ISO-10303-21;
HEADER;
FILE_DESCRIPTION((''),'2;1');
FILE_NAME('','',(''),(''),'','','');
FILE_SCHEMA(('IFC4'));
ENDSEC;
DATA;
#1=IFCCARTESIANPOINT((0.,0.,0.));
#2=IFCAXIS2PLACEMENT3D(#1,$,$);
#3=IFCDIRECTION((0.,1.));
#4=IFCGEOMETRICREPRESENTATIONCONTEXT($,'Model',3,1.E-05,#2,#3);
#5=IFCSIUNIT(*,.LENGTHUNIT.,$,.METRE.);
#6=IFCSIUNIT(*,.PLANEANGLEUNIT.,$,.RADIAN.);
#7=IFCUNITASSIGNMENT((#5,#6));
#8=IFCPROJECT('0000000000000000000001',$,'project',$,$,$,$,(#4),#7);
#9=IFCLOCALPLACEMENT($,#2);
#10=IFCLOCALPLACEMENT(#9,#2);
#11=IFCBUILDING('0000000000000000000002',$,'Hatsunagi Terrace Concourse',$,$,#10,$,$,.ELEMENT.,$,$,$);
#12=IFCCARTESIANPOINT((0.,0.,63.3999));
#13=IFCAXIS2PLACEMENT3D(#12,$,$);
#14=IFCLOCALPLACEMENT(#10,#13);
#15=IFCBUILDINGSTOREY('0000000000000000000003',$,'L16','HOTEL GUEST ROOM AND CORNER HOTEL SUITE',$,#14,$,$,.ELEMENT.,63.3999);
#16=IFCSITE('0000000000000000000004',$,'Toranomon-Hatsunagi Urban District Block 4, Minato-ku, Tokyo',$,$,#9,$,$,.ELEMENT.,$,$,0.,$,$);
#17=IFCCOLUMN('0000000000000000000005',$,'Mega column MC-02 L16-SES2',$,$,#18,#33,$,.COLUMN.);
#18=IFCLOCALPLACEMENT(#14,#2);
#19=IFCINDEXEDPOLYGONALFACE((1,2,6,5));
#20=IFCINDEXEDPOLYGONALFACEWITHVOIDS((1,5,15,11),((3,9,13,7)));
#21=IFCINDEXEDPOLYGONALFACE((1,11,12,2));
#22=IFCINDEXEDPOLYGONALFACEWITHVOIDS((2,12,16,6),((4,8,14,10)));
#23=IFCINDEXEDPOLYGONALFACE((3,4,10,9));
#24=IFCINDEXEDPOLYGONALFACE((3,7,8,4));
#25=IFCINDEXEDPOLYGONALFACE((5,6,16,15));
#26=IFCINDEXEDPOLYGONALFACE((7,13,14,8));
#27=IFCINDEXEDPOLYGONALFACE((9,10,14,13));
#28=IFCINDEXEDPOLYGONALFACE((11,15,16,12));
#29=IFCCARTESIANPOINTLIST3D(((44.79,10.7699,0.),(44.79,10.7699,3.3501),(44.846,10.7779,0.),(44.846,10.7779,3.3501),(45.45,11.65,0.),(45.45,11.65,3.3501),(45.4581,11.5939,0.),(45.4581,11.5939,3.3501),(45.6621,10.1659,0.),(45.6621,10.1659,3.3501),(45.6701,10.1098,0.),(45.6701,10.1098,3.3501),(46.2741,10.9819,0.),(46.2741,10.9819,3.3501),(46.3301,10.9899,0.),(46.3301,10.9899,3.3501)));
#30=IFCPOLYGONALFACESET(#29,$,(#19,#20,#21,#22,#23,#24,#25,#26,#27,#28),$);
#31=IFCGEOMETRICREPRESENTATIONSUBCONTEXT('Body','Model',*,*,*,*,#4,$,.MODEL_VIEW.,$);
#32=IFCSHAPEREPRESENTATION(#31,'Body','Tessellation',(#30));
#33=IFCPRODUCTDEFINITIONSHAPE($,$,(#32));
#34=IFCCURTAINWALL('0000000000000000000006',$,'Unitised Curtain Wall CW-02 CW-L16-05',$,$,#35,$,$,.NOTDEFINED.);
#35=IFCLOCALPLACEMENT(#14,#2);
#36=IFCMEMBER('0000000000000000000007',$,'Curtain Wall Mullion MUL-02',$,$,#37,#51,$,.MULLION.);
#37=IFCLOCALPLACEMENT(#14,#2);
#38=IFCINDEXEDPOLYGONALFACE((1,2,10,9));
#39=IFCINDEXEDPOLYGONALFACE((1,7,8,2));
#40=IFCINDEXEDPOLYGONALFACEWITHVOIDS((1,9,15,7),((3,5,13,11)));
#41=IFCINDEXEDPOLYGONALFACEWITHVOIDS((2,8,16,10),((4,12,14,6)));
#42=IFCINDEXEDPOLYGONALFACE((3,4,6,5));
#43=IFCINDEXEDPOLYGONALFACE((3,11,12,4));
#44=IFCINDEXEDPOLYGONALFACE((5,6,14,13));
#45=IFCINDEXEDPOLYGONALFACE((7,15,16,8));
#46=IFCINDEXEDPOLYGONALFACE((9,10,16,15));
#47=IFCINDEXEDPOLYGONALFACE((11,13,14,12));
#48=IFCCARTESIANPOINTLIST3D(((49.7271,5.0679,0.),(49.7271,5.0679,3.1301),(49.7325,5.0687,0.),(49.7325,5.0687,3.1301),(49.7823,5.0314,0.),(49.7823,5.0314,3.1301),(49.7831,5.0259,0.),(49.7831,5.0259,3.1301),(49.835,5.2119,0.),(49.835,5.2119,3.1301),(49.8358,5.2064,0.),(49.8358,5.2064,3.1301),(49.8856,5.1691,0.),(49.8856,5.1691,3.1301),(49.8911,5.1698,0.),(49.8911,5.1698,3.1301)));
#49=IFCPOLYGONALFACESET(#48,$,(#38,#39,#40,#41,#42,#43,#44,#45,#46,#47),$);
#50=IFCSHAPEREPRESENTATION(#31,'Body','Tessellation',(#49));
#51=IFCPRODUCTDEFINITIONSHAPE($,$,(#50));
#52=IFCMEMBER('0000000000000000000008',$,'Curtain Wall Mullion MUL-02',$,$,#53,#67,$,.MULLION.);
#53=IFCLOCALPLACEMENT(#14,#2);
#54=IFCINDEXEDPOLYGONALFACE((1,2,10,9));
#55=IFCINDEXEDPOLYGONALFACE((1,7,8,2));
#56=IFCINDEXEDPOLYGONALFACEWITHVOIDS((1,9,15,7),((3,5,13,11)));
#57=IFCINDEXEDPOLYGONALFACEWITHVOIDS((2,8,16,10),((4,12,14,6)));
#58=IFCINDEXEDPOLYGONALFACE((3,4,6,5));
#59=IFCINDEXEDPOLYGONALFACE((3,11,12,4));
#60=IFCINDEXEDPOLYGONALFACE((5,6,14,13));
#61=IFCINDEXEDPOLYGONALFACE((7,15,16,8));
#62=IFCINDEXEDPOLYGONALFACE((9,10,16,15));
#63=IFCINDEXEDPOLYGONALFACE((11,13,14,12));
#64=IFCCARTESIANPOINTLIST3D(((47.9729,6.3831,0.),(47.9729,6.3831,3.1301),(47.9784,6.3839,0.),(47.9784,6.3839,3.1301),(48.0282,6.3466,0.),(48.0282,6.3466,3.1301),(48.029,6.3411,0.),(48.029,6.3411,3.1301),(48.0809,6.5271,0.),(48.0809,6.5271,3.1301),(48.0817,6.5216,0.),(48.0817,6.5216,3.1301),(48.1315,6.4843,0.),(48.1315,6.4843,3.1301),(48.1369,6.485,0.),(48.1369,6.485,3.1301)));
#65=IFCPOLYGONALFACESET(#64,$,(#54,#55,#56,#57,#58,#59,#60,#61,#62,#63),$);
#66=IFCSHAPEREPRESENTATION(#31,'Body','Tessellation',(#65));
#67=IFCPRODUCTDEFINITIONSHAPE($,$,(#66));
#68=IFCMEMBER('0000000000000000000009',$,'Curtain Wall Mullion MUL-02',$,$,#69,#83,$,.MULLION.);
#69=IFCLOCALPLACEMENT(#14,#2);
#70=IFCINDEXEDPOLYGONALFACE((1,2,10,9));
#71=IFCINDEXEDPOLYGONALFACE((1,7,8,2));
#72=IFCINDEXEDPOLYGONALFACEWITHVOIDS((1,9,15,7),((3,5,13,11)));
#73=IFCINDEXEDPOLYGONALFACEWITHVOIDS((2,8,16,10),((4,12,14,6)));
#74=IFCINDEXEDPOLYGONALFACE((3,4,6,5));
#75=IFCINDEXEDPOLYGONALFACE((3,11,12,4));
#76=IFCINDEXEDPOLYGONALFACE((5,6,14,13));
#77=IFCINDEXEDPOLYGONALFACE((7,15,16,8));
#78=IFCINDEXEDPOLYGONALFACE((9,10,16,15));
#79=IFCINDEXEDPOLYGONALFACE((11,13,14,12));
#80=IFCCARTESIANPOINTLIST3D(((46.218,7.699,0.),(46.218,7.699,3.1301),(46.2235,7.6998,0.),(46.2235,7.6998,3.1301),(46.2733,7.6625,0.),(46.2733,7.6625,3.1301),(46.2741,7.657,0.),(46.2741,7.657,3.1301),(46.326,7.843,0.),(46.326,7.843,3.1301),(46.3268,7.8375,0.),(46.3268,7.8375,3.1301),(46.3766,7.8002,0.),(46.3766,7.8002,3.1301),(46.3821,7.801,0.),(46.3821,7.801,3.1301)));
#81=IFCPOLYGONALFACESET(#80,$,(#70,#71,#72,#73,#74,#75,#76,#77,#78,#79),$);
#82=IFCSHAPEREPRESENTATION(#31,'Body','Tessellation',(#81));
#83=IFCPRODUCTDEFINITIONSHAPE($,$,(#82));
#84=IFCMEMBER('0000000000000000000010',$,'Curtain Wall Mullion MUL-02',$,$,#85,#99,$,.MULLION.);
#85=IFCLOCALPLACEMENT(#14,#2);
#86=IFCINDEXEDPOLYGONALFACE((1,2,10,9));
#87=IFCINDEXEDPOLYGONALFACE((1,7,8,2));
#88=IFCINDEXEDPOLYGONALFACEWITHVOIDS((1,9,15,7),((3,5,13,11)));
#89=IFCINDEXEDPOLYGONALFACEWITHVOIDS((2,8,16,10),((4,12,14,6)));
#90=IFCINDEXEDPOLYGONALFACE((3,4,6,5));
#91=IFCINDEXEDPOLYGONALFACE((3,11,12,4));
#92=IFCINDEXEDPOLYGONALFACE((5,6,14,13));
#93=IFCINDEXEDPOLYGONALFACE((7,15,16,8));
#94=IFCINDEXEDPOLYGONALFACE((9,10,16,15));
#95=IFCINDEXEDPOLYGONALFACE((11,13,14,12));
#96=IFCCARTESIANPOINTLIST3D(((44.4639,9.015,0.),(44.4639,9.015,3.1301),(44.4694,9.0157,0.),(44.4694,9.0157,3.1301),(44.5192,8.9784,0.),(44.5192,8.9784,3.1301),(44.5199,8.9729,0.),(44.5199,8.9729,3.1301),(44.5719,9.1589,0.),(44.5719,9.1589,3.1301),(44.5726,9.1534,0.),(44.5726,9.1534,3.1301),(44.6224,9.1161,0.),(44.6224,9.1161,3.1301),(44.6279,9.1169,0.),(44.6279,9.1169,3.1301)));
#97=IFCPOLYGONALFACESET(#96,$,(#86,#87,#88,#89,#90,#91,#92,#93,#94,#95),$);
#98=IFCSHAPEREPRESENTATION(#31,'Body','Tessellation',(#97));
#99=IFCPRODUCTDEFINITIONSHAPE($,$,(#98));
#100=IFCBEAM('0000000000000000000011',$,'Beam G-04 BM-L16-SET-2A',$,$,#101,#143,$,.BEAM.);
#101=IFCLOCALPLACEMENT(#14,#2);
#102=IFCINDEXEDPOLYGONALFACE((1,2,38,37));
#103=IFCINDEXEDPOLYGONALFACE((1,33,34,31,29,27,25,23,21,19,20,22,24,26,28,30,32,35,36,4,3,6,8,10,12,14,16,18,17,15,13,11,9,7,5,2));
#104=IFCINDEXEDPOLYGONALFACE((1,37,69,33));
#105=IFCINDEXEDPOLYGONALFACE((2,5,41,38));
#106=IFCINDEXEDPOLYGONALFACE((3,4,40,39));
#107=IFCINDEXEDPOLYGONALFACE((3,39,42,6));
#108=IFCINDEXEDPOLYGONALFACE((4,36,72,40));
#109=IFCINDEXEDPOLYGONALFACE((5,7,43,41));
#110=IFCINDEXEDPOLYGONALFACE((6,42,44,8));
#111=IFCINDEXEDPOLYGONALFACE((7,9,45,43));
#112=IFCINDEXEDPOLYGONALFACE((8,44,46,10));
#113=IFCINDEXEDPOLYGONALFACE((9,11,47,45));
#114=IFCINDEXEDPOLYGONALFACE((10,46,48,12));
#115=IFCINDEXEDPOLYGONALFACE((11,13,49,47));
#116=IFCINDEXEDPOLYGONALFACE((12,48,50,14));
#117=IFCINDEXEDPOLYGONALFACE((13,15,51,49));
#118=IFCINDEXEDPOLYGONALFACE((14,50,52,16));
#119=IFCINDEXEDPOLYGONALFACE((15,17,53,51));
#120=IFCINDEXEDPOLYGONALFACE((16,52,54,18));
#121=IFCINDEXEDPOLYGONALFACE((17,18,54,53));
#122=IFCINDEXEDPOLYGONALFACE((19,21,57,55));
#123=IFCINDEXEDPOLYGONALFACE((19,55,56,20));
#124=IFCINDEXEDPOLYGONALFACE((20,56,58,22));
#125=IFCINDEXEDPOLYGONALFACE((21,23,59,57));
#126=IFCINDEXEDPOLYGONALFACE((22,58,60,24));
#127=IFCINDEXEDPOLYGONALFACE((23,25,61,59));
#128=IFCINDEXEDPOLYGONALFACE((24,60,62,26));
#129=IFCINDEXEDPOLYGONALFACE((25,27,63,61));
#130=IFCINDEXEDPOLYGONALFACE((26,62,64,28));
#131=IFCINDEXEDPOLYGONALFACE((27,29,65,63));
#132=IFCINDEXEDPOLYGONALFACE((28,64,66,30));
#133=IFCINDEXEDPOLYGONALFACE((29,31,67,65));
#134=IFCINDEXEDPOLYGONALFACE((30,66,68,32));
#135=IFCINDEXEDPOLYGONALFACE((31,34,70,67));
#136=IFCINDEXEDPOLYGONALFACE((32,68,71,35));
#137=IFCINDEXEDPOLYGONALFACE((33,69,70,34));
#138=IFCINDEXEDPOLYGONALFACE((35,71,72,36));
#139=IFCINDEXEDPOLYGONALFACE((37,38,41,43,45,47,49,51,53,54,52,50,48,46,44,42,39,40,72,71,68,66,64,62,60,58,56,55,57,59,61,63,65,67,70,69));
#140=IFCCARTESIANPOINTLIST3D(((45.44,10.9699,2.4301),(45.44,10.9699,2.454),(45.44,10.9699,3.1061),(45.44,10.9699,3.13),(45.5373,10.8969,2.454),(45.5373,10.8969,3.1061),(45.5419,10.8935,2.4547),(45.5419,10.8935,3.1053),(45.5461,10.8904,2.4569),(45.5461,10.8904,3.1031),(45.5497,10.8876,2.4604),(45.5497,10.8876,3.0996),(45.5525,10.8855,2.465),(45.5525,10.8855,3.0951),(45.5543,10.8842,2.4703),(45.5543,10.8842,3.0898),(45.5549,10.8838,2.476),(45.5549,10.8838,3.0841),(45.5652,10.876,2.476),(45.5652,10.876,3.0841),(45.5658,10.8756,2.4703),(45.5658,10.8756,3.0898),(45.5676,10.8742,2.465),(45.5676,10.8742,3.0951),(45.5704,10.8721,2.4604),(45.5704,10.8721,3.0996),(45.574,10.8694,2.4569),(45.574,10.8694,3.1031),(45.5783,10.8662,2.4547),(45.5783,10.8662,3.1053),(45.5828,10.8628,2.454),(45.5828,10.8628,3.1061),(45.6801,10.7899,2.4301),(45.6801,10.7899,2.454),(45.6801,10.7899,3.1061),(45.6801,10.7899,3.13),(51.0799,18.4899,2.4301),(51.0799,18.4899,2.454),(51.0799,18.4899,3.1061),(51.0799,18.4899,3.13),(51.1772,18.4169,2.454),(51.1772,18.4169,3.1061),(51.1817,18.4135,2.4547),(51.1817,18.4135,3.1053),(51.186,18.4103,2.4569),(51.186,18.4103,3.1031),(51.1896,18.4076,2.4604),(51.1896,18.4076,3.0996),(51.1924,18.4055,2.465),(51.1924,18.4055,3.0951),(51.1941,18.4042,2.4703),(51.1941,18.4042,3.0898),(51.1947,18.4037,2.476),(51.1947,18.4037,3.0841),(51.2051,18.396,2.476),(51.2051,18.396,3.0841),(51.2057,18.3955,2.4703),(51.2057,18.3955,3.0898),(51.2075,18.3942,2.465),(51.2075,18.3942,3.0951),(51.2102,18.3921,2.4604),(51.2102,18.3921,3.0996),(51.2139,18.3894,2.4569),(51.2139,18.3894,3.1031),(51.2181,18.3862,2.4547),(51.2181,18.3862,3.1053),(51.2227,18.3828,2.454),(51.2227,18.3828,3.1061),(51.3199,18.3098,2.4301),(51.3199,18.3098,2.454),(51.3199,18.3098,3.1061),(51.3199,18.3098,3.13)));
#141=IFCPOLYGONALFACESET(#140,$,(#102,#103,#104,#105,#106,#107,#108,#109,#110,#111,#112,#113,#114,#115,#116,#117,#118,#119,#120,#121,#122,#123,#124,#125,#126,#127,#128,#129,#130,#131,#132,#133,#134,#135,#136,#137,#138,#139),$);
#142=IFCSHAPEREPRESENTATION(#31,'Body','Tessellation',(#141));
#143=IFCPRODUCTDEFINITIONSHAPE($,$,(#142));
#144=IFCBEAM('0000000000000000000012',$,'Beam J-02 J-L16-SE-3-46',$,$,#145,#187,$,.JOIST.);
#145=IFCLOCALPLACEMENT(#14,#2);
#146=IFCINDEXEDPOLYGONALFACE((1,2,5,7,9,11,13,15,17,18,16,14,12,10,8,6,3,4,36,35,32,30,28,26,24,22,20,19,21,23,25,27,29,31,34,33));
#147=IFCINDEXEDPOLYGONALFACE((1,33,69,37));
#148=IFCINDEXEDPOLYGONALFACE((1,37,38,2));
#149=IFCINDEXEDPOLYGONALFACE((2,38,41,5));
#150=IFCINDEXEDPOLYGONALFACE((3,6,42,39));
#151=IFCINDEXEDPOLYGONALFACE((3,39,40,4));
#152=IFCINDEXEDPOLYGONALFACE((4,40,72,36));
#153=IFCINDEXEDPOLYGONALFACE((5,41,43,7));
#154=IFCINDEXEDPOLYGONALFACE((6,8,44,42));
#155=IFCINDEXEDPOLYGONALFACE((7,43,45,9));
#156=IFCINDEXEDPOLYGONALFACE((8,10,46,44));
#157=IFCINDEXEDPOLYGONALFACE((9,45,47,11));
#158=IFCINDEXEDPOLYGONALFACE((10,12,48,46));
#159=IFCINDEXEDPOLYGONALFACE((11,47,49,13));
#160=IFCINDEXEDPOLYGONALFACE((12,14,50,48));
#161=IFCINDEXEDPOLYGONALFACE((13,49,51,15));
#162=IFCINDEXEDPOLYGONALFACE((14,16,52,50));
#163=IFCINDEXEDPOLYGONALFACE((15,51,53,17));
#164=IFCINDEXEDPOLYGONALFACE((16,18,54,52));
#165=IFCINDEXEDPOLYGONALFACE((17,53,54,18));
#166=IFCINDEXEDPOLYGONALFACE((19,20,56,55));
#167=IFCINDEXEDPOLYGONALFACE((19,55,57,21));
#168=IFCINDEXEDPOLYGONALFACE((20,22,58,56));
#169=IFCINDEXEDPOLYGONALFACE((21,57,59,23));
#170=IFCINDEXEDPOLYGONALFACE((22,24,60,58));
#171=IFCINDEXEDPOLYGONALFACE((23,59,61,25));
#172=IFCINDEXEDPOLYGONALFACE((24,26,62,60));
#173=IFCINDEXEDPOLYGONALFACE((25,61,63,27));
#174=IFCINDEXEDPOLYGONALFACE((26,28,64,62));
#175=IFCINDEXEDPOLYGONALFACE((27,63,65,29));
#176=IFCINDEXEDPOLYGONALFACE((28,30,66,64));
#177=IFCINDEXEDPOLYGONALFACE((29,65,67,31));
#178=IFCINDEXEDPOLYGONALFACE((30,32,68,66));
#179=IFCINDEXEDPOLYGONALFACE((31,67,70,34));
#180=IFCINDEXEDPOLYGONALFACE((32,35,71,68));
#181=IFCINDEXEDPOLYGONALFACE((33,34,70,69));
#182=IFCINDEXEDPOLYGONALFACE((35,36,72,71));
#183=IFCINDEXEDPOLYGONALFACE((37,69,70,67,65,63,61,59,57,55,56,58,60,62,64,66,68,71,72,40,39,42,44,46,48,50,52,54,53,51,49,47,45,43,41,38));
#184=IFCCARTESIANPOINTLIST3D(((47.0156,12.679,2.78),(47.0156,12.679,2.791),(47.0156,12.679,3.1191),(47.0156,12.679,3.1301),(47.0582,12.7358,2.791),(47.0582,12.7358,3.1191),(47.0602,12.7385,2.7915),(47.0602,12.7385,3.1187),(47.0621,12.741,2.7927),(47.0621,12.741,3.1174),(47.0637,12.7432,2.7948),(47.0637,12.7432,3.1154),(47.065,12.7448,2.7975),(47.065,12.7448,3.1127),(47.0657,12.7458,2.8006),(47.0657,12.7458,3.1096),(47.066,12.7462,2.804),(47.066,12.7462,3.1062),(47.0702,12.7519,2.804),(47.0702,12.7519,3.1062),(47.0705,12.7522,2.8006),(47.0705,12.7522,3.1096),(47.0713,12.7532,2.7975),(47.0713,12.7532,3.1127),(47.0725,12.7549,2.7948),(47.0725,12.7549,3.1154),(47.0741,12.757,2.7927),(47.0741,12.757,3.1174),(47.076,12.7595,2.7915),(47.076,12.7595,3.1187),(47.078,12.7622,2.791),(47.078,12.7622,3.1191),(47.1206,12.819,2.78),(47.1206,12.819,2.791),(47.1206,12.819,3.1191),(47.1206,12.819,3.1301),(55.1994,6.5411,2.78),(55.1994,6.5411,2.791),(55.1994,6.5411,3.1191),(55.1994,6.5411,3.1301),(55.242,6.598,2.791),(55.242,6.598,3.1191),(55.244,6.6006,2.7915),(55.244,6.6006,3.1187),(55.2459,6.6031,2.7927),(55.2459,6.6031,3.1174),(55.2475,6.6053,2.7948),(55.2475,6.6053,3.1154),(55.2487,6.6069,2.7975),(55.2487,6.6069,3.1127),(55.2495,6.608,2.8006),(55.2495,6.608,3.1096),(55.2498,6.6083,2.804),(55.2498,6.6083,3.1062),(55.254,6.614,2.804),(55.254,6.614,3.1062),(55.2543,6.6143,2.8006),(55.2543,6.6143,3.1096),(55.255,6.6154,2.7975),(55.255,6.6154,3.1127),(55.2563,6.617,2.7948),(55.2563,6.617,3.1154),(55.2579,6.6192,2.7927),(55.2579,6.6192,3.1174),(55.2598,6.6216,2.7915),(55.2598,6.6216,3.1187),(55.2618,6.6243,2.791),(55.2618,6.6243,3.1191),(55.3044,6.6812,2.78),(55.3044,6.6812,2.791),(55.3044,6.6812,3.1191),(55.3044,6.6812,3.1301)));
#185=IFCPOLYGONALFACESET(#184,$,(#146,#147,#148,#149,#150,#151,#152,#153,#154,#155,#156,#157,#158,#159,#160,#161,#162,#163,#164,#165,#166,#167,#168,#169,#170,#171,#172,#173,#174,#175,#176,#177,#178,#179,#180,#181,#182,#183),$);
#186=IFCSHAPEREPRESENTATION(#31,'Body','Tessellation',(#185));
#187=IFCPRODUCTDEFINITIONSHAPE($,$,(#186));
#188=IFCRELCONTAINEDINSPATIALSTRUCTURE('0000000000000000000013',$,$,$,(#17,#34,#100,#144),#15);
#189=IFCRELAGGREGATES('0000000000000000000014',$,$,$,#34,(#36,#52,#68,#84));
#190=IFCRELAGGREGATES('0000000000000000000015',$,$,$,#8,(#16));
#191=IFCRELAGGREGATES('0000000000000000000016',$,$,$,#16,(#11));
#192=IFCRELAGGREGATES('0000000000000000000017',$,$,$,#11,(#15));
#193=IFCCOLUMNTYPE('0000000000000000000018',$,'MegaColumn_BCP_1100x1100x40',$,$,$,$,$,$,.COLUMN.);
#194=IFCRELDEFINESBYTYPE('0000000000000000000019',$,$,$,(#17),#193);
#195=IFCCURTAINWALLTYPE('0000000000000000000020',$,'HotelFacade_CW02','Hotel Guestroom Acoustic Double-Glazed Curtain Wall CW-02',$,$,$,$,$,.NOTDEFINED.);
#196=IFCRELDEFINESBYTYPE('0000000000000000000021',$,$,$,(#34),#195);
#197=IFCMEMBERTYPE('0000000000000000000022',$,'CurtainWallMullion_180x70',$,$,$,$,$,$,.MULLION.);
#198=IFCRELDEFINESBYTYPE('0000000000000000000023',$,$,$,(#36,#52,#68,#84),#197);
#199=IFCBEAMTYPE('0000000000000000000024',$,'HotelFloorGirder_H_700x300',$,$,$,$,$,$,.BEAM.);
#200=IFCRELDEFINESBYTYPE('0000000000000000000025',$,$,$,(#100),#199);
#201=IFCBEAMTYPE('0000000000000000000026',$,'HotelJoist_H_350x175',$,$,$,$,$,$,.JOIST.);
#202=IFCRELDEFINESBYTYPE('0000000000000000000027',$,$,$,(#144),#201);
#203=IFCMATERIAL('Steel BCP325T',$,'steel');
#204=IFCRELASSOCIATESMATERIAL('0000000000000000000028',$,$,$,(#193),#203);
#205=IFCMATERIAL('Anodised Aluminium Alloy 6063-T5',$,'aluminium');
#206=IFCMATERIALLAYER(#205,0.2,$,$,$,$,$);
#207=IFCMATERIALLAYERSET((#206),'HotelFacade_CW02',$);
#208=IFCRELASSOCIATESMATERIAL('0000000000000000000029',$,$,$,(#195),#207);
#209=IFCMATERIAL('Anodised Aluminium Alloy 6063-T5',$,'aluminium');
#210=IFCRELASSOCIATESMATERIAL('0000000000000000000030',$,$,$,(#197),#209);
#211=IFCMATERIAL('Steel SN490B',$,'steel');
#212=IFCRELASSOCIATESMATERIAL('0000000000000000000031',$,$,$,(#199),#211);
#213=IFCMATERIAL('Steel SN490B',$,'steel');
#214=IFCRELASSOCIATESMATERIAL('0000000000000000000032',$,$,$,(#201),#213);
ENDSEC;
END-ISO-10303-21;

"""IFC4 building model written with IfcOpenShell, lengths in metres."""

from ifc_helpers import new_model, si_unit, direction, frame, origin, origin_2d, place, context, subcontext, project, spatial, hollow_rectangle, i_section, extrude, material, layer, layer_set, material_profile, profile_set, type_object, element, aggregate, save


model = new_model("IFC4")

# Units and contexts
model_context = context("Model", 3, precision=1e-05, world=origin(), true_north=direction((0.0, 1.0)))
body_context = subcontext(model_context, "Body", "Model", "MODEL_VIEW")
ifc_project = project(units=[si_unit("LENGTHUNIT", "METRE"), si_unit("PLANEANGLEUNIT", "RADIAN")], contexts=[model_context])

# Site, building, storey
site_placement = place(None, origin())
site = spatial("IfcSite", under=ifc_project, at=site_placement, Name="Toranomon-Hatsunagi Urban District Block 4, Minato-ku, Tokyo", CompositionType="ELEMENT", RefElevation=0.0)
building_placement = place(site_placement, origin())
building = spatial("IfcBuilding", under=site, at=building_placement, Name="Hatsunagi Terrace Concourse", CompositionType="ELEMENT")
storey_placement = place(building_placement, frame((0.0, 0.0, 63.3999)))
storey = spatial("IfcBuildingStorey", under=building, at=storey_placement, Name="L16", Description="HOTEL GUEST ROOM AND CORNER HOTEL SUITE", CompositionType="ELEMENT", Elevation=63.3999)

# Column
ifc_material_1 = material(Name="Steel BCP325T", Category="steel")
ifc_material_profile_1 = material_profile(ifc_material_1, hollow_rectangle(XDim=1.1001, YDim=1.1001, WallThickness=0.04, at=origin_2d()), Name="BCP-1100x1100x40")
ifc_profile_set_1 = profile_set([ifc_material_profile_1], Name="Steel BCP325T")
column_type = type_object("IfcColumnType", Name="MegaColumn_BCP_1100x1100x40", PredefinedType="COLUMN", material=ifc_profile_set_1)
column_placement = place(storey_placement, frame((45.5601, 10.8799, 0.0), z_axis=(0.0, 0.0, 1.0), x_axis=(0.8, -0.6, 0.0)))
element("IfcColumn", 1, at=column_placement, inside=storey, type_object=column_type, Name="Mega column MC-02 L16-SES2", PredefinedType="COLUMN", context=body_context, shape_type="SweptSolid", body=[
    extrude(hollow_rectangle(XDim=1.1001, YDim=1.1001, WallThickness=0.04, at=origin_2d()), origin(), (0.0, 0.0, 1.0), 3.3501),
])

# Curtain wall, members
ifc_material_2 = material(Name="Anodised Aluminium Alloy 6063-T5", Category="aluminium")
ifc_layer_1 = layer(ifc_material_2, 0.2)
ifc_layer_set_1 = layer_set([ifc_layer_1], Name="HotelFacade_CW02")
curtain_wall_type = type_object("IfcCurtainWallType", Name="HotelFacade_CW02", Description="Hotel Guestroom Acoustic Double-Glazed Curtain Wall CW-02", PredefinedType="NOTDEFINED", material=ifc_layer_set_1)
curtain_wall_placement = place(storey_placement, origin())
curtain_wall = element("IfcCurtainWall", 2, at=curtain_wall_placement, inside=storey, type_object=curtain_wall_type, Name="Unitised Curtain Wall CW-02 CW-L16-05", PredefinedType="NOTDEFINED")
ifc_material_3 = material(Name="Anodised Aluminium Alloy 6063-T5", Category="aluminium")
ifc_material_profile_2 = material_profile(ifc_material_3, hollow_rectangle(XDim=0.0701, YDim=0.1799, WallThickness=0.0039, at=origin_2d()), Name="ALU-MUL-180x70x4")
ifc_profile_set_2 = profile_set([ifc_material_profile_2], Name="Anodised Aluminium Alloy 6063-T5")
member_type = type_object("IfcMemberType", Name="CurtainWallMullion_180x70", PredefinedType="MULLION", material=ifc_profile_set_2)
member_1_placement = place(storey_placement, frame((49.8091, 5.1189, 0.0), z_axis=(0.0, 0.0, 1.0), x_axis=(-0.800003, 0.599996, 0.0)))
member_1 = element("IfcMember", 3, at=member_1_placement, type_object=member_type, Name="Curtain Wall Mullion MUL-02", PredefinedType="MULLION", context=body_context, shape_type="SweptSolid", body=[
    extrude(hollow_rectangle(XDim=0.0701, YDim=0.1799, WallThickness=0.0039, at=origin_2d()), origin(), (0.0, 0.0, 1.0), 3.1301),
])
member_2_placement = place(storey_placement, frame((48.0549, 6.4341, 0.0), z_axis=(0.0, 0.0, 1.0), x_axis=(-0.800003, 0.599996, 0.0)))
member_2 = element("IfcMember", 4, at=member_2_placement, type_object=member_type, Name="Curtain Wall Mullion MUL-02", PredefinedType="MULLION", context=body_context, shape_type="SweptSolid", body=[
    extrude(hollow_rectangle(XDim=0.0701, YDim=0.1799, WallThickness=0.0039, at=origin_2d()), origin(), (0.0, 0.0, 1.0), 3.1301),
])
member_3_placement = place(storey_placement, frame((46.3, 7.75, 0.0), z_axis=(0.0, 0.0, 1.0), x_axis=(-0.800003, 0.599996, 0.0)))
member_3 = element("IfcMember", 5, at=member_3_placement, type_object=member_type, Name="Curtain Wall Mullion MUL-02", PredefinedType="MULLION", context=body_context, shape_type="SweptSolid", body=[
    extrude(hollow_rectangle(XDim=0.0701, YDim=0.1799, WallThickness=0.0039, at=origin_2d()), origin(), (0.0, 0.0, 1.0), 3.1301),
])
member_4_placement = place(storey_placement, frame((44.5459, 9.0659, 0.0), z_axis=(0.0, 0.0, 1.0), x_axis=(-0.800003, 0.599996, 0.0)))
member_4 = element("IfcMember", 6, at=member_4_placement, type_object=member_type, Name="Curtain Wall Mullion MUL-02", PredefinedType="MULLION", context=body_context, shape_type="SweptSolid", body=[
    extrude(hollow_rectangle(XDim=0.0701, YDim=0.1799, WallThickness=0.0039, at=origin_2d()), origin(), (0.0, 0.0, 1.0), 3.1301),
])

# Beams
ifc_material_4 = material(Name="Steel SN490B", Category="steel")
ifc_material_profile_3 = material_profile(ifc_material_4, i_section(OverallWidth=0.3, OverallDepth=0.7, WebThickness=0.0129, FlangeThickness=0.0239, FilletRadius=0.022, at=origin_2d()), Name="H-700x300x13x24")
ifc_profile_set_3 = profile_set([ifc_material_profile_3], Name="Steel SN490B")
beam_type_1 = type_object("IfcBeamType", Name="HotelFloorGirder_H_700x300", PredefinedType="BEAM", material=ifc_profile_set_3)
beam_1_placement = place(storey_placement, frame((45.5601, 10.8799, 2.78), z_axis=(0.599992, 0.800006, 0.0), x_axis=(-0.800006, 0.599992, 0.0)))
element("IfcBeam", 7, at=beam_1_placement, inside=storey, type_object=beam_type_1, Name="Beam G-04 BM-L16-SET-2A", PredefinedType="BEAM", context=body_context, shape_type="SweptSolid", body=[
    extrude(i_section(OverallWidth=0.3, OverallDepth=0.7, WebThickness=0.0129, FlangeThickness=0.0239, FilletRadius=0.022, at=origin_2d()), origin(), (0.0, 0.0, 1.0), 9.3999),
])
ifc_material_5 = material(Name="Steel SN490B", Category="steel")
ifc_material_profile_4 = material_profile(ifc_material_5, i_section(OverallWidth=0.175, OverallDepth=0.3501, WebThickness=0.0071, FlangeThickness=0.011, FilletRadius=0.0129, at=origin_2d()), Name="H-350x175x7x11")
ifc_profile_set_4 = profile_set([ifc_material_profile_4], Name="Steel SN490B")
beam_type_2 = type_object("IfcBeamType", Name="HotelJoist_H_350x175", PredefinedType="JOIST", material=ifc_profile_set_4)
beam_2_placement = place(storey_placement, frame((47.0681, 12.749, 2.9551), z_axis=(0.799997, -0.600004, 0.0), x_axis=(0.600004, 0.799997, 0.0)))
element("IfcBeam", 8, at=beam_2_placement, inside=storey, type_object=beam_type_2, Name="Beam J-02 J-L16-SE-3-46", PredefinedType="JOIST", context=body_context, shape_type="SweptSolid", body=[
    extrude(i_section(OverallWidth=0.175, OverallDepth=0.3501, WebThickness=0.0071, FlangeThickness=0.011, FilletRadius=0.0129, at=origin_2d()), origin(), (0.0, 0.0, 1.0), 10.2297),
])

aggregate(curtain_wall, [member_1, member_2, member_3, member_4])

save(model, "model.ifc")
